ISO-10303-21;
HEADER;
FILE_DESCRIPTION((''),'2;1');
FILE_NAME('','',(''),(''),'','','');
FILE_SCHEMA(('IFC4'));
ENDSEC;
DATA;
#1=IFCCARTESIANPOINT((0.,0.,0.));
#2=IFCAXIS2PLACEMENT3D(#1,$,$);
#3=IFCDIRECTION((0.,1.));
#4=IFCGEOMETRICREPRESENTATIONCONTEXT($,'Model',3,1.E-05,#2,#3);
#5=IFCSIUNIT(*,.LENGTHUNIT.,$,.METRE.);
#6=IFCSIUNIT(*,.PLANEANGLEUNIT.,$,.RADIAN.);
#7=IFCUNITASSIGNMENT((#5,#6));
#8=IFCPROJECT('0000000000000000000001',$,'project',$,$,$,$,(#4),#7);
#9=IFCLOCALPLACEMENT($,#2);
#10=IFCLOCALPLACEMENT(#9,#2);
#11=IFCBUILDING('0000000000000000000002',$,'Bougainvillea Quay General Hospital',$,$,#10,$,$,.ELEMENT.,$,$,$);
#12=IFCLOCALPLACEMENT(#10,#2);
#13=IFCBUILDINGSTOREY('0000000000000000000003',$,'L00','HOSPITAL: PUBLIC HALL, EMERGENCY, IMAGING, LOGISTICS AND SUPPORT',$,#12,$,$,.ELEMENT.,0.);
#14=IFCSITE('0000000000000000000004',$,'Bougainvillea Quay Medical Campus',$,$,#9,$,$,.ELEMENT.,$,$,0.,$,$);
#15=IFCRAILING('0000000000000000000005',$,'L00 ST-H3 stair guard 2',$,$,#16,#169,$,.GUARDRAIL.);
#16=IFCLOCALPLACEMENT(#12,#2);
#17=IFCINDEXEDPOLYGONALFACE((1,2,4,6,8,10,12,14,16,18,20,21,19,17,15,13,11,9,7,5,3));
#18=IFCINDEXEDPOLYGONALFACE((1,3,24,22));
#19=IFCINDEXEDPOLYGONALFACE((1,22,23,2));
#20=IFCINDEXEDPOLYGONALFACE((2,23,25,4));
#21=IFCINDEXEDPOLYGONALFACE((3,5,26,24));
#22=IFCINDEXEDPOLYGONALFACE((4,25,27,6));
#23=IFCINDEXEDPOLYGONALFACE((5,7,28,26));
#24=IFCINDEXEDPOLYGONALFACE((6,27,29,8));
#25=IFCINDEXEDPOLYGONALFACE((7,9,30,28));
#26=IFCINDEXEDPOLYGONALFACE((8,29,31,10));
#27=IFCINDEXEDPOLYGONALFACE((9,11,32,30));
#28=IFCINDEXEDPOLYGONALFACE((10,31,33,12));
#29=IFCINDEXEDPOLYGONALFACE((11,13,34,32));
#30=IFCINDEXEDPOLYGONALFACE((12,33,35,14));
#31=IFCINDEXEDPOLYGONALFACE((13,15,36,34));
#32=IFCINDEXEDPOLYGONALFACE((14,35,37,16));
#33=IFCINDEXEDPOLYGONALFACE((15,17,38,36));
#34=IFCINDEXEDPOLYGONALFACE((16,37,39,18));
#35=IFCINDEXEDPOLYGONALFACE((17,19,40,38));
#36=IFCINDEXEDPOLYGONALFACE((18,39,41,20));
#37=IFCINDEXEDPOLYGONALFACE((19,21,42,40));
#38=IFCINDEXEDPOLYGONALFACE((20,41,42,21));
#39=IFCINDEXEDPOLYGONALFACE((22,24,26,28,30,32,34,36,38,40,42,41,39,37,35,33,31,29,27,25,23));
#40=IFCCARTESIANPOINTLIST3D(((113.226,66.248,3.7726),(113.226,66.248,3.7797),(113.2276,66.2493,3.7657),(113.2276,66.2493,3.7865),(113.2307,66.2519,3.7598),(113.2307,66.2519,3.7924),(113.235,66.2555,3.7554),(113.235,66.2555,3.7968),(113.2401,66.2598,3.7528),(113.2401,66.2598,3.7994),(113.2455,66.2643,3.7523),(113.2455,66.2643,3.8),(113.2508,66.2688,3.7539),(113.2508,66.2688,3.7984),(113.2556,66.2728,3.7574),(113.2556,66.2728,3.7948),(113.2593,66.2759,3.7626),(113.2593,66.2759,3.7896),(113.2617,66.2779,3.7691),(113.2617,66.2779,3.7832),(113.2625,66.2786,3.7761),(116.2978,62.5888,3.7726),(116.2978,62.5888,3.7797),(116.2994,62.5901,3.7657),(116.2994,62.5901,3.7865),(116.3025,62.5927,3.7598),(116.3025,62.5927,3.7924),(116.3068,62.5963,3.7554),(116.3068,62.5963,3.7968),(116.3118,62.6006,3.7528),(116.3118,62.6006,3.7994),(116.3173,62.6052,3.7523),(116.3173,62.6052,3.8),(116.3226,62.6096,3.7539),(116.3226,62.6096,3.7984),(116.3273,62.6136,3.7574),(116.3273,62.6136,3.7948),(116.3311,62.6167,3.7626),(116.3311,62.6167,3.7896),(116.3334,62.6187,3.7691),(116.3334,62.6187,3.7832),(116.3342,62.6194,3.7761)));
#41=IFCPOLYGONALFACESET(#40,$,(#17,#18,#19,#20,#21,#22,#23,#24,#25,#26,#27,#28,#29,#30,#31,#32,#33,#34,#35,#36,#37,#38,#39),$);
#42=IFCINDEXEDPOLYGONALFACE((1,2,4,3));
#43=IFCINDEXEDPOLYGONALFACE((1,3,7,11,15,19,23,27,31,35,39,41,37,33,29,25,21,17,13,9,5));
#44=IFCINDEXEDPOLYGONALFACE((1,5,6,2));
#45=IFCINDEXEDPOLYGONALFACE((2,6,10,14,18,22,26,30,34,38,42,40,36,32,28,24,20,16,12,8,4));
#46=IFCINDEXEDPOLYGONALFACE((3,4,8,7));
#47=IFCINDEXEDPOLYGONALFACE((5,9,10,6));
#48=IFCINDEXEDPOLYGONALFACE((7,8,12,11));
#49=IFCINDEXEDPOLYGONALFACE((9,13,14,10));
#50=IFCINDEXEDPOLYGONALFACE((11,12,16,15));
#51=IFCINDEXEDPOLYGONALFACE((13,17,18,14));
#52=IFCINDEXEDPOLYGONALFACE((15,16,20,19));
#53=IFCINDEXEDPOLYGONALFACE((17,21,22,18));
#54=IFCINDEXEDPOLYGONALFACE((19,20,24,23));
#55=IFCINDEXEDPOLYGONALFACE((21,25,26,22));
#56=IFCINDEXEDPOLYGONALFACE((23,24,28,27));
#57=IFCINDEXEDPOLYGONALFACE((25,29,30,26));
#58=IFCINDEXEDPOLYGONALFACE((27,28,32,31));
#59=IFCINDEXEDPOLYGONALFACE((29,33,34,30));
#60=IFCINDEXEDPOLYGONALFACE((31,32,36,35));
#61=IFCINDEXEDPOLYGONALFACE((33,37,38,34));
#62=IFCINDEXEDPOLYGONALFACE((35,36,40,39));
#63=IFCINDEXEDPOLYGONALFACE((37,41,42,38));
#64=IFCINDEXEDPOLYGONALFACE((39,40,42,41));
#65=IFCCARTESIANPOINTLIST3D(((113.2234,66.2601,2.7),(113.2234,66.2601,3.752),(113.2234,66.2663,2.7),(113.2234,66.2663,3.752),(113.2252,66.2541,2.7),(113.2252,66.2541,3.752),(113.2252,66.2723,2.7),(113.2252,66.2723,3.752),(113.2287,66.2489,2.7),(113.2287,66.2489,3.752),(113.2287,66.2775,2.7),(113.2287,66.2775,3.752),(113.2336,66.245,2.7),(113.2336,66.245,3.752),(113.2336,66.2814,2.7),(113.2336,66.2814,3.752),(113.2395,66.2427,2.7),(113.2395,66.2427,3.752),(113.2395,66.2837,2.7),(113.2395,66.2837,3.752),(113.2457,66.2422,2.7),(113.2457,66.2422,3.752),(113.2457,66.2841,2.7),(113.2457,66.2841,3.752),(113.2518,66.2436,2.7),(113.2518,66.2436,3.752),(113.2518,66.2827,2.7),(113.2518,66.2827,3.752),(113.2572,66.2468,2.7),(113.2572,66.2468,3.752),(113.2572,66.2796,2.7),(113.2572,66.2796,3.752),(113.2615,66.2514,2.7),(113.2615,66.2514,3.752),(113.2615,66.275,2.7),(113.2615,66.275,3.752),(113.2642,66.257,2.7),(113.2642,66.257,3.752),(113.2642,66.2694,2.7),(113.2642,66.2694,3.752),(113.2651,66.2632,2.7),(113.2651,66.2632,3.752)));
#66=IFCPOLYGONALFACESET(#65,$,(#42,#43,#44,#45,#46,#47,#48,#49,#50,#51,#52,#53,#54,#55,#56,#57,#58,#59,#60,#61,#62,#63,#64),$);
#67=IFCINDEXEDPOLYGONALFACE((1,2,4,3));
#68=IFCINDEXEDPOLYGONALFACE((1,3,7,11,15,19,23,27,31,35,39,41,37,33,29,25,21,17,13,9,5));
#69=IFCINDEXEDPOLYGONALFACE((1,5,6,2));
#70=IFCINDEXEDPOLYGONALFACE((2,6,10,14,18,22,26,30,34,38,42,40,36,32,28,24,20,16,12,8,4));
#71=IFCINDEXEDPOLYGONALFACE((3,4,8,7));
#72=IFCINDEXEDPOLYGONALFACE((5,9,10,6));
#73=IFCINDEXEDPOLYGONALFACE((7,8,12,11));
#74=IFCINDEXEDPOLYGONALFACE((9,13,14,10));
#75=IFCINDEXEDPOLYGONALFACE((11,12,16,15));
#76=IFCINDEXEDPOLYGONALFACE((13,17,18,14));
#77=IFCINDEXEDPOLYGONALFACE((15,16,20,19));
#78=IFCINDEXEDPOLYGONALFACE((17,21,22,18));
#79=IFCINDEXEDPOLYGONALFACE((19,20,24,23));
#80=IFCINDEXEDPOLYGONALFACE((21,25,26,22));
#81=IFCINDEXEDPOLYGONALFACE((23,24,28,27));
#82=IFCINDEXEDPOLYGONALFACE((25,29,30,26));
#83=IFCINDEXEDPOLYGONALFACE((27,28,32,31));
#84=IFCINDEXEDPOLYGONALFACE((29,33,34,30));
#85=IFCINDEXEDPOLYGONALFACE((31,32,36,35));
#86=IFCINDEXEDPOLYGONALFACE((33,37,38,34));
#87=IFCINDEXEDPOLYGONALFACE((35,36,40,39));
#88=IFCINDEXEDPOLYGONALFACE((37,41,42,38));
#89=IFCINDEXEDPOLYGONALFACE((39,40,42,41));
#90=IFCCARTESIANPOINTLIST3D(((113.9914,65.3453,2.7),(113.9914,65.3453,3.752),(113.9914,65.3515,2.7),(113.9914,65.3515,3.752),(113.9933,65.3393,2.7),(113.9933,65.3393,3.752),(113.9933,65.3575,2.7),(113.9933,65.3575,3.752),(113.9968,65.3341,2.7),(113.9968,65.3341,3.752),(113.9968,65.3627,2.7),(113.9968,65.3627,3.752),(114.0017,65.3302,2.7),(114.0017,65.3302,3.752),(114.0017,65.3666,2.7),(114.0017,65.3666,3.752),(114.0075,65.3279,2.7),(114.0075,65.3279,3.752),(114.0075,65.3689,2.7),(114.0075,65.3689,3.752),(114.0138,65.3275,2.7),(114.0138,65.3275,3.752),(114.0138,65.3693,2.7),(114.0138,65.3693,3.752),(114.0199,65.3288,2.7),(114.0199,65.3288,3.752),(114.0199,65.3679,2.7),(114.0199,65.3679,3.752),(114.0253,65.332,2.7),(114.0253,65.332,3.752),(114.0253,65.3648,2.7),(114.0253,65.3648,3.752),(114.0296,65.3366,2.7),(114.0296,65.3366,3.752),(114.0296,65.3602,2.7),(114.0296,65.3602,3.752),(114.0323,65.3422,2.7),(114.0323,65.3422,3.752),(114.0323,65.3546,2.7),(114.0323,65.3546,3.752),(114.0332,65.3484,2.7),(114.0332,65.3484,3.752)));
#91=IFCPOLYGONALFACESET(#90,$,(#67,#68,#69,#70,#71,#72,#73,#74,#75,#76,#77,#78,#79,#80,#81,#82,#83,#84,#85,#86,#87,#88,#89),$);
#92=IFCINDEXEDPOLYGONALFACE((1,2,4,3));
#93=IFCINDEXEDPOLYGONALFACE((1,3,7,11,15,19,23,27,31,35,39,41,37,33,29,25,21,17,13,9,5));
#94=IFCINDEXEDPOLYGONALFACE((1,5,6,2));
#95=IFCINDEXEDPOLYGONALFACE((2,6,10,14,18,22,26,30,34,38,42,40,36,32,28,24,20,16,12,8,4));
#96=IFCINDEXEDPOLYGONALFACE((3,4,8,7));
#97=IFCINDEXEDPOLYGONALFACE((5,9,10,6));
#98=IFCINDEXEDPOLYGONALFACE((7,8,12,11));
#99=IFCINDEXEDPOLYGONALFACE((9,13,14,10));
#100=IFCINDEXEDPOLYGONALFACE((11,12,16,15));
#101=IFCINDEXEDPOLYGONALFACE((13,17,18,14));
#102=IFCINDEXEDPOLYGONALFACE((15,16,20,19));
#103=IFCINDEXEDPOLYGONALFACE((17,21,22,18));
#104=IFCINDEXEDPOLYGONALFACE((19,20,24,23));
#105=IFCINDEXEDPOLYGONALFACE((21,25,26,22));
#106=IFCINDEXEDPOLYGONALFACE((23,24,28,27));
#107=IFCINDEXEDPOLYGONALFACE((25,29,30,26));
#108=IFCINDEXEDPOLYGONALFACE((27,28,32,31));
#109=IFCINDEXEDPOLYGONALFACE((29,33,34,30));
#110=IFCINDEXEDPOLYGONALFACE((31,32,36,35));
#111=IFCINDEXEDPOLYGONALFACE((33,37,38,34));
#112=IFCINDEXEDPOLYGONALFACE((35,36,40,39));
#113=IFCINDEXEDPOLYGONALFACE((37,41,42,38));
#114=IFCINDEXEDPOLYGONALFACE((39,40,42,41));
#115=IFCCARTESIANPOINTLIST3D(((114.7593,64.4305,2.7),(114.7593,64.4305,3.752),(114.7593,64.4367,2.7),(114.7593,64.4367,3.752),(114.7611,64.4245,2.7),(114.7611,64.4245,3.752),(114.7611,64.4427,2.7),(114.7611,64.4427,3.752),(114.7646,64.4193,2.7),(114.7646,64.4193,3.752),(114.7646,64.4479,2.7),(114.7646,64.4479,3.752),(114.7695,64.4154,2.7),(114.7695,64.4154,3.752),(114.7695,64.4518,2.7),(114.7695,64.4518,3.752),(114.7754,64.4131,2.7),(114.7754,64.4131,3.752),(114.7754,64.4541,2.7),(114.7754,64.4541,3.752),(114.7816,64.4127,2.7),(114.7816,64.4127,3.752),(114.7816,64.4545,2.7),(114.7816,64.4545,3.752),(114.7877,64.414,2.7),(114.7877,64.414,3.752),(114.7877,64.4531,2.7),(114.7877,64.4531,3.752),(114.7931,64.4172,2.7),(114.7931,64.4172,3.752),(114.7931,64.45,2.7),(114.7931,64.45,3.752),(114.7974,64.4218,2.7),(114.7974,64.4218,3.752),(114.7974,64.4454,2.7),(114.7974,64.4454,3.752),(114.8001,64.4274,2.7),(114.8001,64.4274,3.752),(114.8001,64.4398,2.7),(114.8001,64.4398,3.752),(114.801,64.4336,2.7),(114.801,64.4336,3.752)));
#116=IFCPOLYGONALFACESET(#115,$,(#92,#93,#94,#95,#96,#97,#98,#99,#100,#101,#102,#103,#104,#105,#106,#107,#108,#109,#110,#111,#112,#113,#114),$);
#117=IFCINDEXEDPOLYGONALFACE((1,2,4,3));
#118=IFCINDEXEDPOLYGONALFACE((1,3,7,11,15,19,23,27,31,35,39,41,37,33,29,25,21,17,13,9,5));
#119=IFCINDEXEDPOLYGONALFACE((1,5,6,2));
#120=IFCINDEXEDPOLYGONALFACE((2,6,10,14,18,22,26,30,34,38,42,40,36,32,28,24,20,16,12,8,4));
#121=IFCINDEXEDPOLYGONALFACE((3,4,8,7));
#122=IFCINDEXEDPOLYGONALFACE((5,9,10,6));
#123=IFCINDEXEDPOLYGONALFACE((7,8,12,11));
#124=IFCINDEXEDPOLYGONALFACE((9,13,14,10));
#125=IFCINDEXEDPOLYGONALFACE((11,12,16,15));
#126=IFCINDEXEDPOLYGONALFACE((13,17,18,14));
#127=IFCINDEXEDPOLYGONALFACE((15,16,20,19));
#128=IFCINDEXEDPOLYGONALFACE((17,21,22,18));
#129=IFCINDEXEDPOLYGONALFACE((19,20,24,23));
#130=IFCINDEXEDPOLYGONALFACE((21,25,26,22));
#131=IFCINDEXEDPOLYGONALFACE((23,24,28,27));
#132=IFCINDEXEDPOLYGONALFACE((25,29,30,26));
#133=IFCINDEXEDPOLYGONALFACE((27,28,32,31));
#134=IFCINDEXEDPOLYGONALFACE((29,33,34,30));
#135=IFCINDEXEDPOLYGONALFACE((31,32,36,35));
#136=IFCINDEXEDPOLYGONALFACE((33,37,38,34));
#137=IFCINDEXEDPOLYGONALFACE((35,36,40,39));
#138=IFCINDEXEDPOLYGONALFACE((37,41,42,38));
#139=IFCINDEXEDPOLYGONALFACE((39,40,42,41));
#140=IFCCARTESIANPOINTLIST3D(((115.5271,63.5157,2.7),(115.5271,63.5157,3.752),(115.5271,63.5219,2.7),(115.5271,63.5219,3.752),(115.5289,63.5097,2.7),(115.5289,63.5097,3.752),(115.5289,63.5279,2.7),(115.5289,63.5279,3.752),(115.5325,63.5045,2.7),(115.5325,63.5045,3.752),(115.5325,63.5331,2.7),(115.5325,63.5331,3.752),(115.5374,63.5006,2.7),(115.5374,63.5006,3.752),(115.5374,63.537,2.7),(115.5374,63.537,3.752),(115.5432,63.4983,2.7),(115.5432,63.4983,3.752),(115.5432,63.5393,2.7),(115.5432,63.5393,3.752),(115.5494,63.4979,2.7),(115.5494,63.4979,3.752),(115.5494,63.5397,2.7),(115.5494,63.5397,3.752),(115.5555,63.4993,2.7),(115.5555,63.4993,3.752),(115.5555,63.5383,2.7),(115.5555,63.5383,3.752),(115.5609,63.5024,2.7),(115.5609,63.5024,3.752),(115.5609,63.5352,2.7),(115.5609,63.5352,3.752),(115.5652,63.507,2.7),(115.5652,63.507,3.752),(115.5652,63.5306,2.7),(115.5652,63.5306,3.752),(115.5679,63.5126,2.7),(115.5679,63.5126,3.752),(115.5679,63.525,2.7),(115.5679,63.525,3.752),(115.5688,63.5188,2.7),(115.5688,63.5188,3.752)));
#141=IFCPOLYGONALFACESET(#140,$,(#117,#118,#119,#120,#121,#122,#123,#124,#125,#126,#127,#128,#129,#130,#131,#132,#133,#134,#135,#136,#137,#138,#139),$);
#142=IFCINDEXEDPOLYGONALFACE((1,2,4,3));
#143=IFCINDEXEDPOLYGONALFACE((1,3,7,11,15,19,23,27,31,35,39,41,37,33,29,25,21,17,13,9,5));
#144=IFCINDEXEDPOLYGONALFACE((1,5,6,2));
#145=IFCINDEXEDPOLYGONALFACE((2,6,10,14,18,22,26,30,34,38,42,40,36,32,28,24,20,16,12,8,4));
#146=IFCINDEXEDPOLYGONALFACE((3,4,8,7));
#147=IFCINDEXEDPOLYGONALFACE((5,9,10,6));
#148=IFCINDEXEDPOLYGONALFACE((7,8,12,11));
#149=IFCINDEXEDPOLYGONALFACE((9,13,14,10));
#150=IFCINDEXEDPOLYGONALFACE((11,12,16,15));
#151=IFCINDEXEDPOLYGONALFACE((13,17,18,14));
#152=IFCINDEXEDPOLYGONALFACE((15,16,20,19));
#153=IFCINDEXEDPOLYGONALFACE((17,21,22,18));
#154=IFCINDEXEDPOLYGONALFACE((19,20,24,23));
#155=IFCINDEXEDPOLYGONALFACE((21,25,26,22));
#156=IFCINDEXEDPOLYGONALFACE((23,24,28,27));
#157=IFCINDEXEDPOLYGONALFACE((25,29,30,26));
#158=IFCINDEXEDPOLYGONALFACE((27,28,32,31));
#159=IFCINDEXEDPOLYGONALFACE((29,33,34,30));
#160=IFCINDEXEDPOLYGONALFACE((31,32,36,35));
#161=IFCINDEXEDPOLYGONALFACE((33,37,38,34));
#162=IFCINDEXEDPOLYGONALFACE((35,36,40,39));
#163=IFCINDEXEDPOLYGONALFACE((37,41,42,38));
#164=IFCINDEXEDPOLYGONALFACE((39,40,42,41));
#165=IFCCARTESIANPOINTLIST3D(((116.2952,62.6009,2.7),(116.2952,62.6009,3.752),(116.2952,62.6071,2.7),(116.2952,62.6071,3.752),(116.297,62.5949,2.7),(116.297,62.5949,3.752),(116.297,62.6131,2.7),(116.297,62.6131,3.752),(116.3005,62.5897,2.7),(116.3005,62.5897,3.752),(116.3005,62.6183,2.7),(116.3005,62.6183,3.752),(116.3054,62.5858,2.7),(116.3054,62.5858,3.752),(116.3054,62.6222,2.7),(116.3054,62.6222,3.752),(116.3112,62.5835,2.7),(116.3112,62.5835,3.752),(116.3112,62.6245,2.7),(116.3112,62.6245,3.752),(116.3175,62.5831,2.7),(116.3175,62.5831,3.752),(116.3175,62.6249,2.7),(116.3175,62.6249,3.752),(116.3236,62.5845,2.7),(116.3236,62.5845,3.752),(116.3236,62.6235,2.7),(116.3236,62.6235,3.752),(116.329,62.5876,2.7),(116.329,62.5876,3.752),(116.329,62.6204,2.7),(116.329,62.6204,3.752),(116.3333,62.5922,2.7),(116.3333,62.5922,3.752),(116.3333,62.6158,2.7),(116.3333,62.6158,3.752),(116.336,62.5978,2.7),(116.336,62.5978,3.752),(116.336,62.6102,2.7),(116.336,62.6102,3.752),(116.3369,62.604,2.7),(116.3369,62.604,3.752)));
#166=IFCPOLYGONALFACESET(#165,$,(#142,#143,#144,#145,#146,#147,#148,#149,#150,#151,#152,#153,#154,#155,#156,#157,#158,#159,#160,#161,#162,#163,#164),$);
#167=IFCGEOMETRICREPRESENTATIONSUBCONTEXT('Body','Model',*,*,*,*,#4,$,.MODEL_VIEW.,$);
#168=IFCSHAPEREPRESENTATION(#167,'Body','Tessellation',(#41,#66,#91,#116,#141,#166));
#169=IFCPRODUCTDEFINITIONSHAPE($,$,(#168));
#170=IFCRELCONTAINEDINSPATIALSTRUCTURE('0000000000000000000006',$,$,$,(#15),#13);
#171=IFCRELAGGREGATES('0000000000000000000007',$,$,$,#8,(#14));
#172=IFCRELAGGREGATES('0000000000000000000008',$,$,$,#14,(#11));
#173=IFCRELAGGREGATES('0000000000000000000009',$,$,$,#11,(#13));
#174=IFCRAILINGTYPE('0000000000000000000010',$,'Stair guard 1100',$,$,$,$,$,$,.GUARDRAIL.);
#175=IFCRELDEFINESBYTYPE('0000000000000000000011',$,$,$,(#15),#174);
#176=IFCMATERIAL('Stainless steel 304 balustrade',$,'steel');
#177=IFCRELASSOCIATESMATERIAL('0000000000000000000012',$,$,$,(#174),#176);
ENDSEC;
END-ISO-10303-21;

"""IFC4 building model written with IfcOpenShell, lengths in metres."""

from ifc_helpers import new_model, si_unit, direction, frame, origin, origin_2d, place, context, subcontext, project, spatial, circle, extrude, material, type_object, element, save


model = new_model("IFC4")

# Units and contexts
model_context = context("Model", 3, precision=1e-05, world=origin(), true_north=direction((0.0, 1.0)))
body_context = subcontext(model_context, "Body", "Model", "MODEL_VIEW")
ifc_project = project(units=[si_unit("LENGTHUNIT", "METRE"), si_unit("PLANEANGLEUNIT", "RADIAN")], contexts=[model_context])

# Site, building, storey
site_placement = place(None, origin())
site = spatial("IfcSite", under=ifc_project, at=site_placement, Name="Bougainvillea Quay Medical Campus", CompositionType="ELEMENT", RefElevation=0.0)
building_placement = place(site_placement, origin())
building = spatial("IfcBuilding", under=site, at=building_placement, Name="Bougainvillea Quay General Hospital", CompositionType="ELEMENT")
storey_placement = place(building_placement, origin())
storey = spatial("IfcBuildingStorey", under=building, at=storey_placement, Name="L00", Description="HOSPITAL: PUBLIC HALL, EMERGENCY, IMAGING, LOGISTICS AND SUPPORT", CompositionType="ELEMENT", Elevation=0.0)

# Railing
ifc_material_1 = material(Name="Stainless steel 304 balustrade", Category="steel")
railing_type = type_object("IfcRailingType", Name="Stair guard 1100", PredefinedType="GUARDRAIL", material=ifc_material_1)
railing_1_placement = place(storey_placement, frame((113.2441, 66.2632, 2.7)))
element("IfcRailing", 1, at=railing_1_placement, inside=storey, type_object=railing_type, Name="L00 ST-H3 stair guard 2", PredefinedType="GUARDRAIL", context=body_context, shape_type="SweptSolid", body=[
    extrude(circle(Radius=0.0239, at=origin_2d()), frame((0.0, 0.0, 1.0762), z_axis=(0.642955, -0.765904, 0.0), x_axis=(0.765904, 0.642955, 0.0)), (0.0, 0.0, 1.0), 4.7776),
    extrude(circle(Radius=0.021, at=origin_2d()), origin(), (0.0, 0.0, 1.0), 1.052),
    extrude(circle(Radius=0.021, at=origin_2d()), frame((0.7681, -0.9148, 0.0)), (0.0, 0.0, 1.0), 1.052),
    extrude(circle(Radius=0.021, at=origin_2d()), frame((1.5359, -1.8296, 0.0)), (0.0, 0.0, 1.0), 1.052),
    extrude(circle(Radius=0.021, at=origin_2d()), frame((2.3037, -2.7444, 0.0)), (0.0, 0.0, 1.0), 1.052),
    extrude(circle(Radius=0.021, at=origin_2d()), frame((3.0718, -3.6592, 0.0)), (0.0, 0.0, 1.0), 1.052),
])

save(model, "model.ifc")
